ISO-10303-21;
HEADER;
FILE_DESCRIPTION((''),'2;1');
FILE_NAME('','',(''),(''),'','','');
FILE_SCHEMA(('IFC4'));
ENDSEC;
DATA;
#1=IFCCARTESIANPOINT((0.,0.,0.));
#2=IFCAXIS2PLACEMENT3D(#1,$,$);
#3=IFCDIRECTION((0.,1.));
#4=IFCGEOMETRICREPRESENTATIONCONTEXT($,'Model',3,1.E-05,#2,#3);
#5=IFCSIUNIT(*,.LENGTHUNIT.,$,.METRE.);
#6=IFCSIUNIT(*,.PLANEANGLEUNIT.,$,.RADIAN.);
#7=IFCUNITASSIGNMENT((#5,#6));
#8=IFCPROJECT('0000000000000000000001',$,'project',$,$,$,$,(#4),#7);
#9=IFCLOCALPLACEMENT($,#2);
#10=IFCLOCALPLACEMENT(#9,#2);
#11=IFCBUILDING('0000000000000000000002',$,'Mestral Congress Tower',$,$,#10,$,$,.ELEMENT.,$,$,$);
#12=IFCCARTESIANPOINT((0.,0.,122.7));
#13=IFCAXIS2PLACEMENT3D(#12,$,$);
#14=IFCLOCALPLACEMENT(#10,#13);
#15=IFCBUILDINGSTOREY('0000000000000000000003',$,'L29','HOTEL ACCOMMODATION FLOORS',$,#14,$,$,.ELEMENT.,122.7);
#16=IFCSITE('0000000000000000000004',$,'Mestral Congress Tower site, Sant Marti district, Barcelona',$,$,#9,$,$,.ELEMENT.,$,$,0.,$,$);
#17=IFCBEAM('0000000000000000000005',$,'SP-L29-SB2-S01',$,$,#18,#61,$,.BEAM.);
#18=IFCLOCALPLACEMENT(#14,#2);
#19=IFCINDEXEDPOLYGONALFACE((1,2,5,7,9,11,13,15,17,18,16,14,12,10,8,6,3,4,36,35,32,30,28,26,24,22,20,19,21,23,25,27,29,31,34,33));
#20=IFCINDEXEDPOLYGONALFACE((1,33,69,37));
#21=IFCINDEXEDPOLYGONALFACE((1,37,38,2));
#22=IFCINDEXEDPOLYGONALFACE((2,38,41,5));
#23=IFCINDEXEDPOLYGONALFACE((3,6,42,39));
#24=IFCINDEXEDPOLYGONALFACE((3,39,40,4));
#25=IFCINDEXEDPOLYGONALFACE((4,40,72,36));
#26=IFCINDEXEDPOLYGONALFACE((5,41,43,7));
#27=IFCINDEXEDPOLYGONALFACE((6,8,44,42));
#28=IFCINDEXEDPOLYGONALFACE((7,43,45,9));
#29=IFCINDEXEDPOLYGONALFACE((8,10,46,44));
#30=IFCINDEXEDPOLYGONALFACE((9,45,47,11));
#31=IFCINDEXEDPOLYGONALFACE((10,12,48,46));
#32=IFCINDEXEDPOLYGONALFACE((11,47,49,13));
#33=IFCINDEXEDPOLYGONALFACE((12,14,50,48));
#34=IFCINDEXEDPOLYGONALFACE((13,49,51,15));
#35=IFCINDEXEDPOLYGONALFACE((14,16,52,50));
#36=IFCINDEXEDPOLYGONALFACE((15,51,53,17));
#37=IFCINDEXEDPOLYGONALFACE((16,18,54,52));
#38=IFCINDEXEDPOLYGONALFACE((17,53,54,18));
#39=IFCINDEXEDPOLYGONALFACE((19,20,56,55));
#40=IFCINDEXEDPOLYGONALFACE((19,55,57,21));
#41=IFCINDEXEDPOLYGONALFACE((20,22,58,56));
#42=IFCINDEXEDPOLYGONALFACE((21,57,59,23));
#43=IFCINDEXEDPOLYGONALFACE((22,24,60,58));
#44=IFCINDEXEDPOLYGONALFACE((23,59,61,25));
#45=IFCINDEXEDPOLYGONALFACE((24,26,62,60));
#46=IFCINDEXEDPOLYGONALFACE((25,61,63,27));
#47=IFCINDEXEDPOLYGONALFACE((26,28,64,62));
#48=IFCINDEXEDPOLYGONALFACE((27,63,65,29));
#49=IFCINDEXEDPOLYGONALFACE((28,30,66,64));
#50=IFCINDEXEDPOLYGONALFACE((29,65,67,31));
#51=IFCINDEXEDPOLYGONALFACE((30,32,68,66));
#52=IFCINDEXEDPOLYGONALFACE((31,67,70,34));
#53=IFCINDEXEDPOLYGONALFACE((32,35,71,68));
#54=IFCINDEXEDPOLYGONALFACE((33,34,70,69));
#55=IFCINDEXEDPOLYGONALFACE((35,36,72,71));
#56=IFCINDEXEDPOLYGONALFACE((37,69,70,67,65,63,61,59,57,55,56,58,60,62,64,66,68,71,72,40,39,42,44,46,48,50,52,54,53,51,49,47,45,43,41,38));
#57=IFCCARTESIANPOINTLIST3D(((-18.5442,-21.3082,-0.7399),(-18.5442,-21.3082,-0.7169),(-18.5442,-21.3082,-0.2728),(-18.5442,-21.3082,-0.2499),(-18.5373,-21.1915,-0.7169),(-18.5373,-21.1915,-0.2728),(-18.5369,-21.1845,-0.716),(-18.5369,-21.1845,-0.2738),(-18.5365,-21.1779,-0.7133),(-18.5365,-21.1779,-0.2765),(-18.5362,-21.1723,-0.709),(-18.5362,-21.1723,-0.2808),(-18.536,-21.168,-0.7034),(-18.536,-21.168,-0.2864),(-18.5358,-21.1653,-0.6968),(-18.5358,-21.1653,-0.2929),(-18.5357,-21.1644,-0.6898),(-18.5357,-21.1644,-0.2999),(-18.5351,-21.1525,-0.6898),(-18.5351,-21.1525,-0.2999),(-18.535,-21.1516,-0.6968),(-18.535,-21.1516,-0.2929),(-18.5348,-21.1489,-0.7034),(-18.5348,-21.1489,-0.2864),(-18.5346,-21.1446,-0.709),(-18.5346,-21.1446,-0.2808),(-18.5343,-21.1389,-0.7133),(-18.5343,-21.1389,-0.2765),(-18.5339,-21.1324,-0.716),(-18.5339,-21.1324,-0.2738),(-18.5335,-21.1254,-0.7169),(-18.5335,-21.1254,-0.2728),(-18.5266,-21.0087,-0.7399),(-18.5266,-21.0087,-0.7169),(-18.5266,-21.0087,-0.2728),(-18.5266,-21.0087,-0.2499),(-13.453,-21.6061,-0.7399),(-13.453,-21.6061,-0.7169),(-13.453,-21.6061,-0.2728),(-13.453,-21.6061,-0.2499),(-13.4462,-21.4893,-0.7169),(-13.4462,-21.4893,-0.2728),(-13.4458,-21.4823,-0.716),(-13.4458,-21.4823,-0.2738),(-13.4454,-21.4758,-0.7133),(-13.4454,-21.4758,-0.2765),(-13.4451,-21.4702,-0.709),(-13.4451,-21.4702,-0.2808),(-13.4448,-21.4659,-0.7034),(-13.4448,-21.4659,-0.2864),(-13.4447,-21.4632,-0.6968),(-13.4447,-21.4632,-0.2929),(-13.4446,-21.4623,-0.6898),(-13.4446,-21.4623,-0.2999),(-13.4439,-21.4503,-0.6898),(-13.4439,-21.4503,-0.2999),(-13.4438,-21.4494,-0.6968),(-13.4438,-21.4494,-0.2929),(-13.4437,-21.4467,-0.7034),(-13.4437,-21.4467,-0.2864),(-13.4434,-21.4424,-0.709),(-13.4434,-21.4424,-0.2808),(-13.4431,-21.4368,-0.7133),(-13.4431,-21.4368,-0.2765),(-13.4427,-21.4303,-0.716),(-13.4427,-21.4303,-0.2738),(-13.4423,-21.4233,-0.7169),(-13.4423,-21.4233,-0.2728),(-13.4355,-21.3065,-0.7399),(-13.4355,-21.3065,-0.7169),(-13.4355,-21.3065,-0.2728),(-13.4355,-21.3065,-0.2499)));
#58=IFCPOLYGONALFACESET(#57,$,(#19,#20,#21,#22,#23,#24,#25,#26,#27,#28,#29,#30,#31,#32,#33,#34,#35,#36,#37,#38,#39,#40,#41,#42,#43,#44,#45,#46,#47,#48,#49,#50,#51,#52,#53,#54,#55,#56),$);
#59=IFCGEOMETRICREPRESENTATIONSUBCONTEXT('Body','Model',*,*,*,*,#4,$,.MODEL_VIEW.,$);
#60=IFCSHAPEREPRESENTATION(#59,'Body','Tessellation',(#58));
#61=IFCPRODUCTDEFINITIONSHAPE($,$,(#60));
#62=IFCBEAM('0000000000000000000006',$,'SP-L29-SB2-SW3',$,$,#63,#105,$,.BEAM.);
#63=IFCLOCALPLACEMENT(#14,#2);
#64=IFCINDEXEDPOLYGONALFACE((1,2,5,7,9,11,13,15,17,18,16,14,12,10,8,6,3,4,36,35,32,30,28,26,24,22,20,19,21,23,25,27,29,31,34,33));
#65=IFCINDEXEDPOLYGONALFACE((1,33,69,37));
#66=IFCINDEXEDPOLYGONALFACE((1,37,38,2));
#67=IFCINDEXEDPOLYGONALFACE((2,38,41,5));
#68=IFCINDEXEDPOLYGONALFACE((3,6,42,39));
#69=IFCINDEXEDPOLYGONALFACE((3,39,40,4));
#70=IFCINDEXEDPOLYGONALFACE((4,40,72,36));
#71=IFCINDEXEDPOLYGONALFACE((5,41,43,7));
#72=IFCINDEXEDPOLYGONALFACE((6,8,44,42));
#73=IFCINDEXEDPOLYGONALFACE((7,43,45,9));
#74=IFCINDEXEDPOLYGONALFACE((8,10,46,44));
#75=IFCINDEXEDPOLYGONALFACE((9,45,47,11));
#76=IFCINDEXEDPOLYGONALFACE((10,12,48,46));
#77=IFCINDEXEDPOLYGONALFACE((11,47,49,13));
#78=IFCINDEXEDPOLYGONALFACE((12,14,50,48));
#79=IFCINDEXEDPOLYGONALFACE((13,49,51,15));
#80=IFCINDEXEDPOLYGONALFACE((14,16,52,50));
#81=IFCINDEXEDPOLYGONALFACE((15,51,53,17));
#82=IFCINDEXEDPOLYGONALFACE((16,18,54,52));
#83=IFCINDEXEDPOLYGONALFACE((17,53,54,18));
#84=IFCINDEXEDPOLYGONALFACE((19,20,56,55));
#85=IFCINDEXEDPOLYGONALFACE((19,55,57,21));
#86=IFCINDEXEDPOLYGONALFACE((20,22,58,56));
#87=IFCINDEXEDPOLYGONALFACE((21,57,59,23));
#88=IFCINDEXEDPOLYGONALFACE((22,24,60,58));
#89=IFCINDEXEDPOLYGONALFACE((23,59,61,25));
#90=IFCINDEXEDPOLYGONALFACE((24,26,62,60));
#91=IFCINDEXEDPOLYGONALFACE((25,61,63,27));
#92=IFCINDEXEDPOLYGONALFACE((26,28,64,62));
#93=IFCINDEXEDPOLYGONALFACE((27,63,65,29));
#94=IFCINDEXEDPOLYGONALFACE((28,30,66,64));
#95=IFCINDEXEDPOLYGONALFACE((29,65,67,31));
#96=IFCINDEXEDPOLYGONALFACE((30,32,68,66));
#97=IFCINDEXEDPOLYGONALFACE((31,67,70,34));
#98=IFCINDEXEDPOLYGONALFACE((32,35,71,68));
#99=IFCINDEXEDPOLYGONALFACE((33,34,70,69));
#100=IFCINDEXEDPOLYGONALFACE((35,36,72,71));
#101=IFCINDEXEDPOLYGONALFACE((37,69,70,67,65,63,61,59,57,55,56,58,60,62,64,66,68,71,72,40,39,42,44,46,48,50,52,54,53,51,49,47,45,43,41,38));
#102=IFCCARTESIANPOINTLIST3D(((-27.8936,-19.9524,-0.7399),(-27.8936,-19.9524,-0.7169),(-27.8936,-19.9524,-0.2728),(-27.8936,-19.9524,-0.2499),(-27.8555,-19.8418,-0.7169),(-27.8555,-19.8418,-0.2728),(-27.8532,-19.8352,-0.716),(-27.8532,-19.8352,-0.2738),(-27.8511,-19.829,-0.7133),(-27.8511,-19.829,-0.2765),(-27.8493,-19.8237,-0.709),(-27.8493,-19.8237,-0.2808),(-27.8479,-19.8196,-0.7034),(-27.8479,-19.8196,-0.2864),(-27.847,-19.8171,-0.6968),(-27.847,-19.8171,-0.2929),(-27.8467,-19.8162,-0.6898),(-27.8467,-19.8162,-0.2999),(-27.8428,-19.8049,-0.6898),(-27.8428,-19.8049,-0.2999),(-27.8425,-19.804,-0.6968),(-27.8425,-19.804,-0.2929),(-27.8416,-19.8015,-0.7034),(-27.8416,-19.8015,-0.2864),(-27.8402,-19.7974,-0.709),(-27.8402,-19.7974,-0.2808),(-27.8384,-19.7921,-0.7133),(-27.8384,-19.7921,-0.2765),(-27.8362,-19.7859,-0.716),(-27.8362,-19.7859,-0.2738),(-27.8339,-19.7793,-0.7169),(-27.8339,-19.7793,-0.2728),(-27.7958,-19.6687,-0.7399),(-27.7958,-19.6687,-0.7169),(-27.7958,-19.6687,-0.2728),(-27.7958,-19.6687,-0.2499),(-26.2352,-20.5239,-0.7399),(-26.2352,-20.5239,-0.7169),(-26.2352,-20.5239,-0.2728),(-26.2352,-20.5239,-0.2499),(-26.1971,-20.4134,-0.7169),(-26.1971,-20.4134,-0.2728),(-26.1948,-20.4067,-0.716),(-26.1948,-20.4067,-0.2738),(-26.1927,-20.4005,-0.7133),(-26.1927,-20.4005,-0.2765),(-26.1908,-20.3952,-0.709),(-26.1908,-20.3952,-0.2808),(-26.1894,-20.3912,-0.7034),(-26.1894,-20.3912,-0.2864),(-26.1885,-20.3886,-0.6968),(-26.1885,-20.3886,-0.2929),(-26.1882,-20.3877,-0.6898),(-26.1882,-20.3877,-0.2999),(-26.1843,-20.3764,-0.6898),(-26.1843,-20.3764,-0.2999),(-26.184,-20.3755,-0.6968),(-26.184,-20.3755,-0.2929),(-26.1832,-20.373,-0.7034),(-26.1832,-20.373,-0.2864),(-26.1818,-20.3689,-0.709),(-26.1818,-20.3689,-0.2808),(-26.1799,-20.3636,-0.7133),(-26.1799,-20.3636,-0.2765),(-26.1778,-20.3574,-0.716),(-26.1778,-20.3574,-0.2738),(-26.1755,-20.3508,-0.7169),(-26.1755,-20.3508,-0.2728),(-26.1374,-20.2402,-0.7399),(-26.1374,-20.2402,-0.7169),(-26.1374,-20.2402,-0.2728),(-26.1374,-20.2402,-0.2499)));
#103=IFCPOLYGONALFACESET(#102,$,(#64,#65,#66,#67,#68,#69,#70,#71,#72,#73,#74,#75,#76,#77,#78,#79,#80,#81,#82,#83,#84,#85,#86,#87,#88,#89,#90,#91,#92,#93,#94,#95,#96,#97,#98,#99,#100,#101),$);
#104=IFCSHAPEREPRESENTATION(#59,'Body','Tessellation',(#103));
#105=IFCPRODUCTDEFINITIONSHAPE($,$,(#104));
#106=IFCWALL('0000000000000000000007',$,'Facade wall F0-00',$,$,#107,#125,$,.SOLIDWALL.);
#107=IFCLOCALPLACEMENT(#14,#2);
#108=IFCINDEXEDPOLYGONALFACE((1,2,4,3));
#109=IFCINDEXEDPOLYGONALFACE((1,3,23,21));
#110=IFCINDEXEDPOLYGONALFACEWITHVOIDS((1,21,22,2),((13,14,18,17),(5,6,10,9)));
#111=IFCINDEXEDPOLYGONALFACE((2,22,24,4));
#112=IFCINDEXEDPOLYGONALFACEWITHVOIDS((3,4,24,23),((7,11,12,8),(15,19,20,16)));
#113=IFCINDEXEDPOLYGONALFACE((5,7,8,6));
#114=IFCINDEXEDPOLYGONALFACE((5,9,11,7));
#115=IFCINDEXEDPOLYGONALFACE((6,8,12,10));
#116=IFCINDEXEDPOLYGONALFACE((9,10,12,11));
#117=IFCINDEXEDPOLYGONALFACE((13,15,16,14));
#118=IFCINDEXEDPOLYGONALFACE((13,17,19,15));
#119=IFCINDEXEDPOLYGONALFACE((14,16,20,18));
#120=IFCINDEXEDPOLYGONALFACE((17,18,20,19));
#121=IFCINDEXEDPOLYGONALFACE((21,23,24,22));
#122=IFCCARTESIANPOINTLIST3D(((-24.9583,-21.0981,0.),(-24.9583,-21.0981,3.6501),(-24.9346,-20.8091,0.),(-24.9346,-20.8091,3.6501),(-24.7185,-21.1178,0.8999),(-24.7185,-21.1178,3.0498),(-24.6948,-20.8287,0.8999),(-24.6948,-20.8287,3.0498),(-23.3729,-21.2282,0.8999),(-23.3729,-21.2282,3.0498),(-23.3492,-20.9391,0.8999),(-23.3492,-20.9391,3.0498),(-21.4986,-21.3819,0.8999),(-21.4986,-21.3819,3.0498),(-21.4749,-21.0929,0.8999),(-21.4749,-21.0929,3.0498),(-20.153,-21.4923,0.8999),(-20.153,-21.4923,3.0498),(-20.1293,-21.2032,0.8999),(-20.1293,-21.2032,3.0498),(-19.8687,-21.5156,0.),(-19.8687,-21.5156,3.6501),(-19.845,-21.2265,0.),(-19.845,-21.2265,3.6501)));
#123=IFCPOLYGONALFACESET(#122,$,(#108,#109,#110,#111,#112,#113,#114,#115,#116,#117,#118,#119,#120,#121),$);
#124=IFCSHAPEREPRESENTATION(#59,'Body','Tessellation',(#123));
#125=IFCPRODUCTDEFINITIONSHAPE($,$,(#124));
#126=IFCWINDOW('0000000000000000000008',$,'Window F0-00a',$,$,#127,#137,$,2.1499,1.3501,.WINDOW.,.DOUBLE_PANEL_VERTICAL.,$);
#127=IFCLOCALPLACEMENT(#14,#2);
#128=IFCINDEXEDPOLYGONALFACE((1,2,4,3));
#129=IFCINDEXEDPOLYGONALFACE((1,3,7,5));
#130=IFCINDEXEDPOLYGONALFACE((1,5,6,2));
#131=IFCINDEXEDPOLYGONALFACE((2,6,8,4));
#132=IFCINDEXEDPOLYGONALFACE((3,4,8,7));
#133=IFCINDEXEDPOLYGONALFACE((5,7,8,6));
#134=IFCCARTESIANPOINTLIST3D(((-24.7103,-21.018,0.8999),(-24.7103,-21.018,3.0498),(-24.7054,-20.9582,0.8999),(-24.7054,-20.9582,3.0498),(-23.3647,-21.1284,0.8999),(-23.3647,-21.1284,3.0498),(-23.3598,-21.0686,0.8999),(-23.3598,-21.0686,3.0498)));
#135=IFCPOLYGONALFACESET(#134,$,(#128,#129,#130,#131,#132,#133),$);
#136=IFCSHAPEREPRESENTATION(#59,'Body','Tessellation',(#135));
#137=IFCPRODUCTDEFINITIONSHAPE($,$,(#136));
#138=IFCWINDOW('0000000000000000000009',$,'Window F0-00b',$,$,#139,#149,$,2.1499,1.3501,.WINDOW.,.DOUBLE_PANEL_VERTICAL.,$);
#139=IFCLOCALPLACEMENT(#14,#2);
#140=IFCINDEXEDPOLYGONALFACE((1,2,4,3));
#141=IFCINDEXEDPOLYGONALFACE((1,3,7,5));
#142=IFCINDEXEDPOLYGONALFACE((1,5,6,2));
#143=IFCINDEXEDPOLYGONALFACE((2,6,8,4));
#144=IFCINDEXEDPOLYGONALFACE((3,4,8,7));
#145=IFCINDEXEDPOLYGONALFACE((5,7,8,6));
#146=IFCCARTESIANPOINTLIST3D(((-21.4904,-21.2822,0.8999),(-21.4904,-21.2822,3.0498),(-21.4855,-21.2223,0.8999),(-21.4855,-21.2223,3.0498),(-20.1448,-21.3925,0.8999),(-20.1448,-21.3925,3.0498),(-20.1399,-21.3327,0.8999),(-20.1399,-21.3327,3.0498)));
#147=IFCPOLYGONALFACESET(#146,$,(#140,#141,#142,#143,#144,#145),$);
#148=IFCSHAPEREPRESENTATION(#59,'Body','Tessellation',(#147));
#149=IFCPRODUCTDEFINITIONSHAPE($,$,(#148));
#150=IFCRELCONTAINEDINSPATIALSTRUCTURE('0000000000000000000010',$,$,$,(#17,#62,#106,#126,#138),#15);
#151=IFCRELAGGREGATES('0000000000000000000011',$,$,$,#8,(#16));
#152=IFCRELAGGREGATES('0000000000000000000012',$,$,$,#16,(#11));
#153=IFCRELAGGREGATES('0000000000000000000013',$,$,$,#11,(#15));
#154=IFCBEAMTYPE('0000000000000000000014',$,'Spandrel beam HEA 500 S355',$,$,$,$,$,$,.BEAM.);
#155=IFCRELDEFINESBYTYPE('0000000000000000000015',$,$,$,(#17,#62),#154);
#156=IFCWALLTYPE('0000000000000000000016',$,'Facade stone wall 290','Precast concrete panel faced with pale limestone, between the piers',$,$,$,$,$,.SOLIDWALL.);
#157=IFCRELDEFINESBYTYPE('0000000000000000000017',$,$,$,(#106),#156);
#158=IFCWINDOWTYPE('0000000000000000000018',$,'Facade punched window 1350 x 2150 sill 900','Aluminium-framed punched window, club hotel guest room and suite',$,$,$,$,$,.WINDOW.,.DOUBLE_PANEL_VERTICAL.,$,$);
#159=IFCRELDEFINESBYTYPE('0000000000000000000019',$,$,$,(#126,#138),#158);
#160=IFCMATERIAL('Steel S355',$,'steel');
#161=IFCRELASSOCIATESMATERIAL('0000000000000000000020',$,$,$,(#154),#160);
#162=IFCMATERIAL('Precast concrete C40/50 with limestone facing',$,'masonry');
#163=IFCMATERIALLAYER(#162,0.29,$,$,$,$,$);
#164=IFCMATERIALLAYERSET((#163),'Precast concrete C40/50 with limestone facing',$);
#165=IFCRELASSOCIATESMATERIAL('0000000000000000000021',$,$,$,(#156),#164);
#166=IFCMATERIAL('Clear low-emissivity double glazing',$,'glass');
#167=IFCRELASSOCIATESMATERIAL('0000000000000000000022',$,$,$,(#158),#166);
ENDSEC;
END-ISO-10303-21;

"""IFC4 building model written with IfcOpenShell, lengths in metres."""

from ifc_helpers import new_model, si_unit, direction, frame, frame_2d, origin, origin_2d, place, context, subcontext, project, spatial, rectangle, i_section, extrude, material, layer, layer_set, material_profile, profile_set, type_object, element, fill, save


model = new_model("IFC4")

# Units and contexts
model_context = context("Model", 3, precision=1e-05, world=origin(), true_north=direction((0.0, 1.0)))
body_context = subcontext(model_context, "Body", "Model", "MODEL_VIEW")
ifc_project = project(units=[si_unit("LENGTHUNIT", "METRE"), si_unit("PLANEANGLEUNIT", "RADIAN")], contexts=[model_context])

# Site, building, storey
site_placement = place(None, origin())
site = spatial("IfcSite", under=ifc_project, at=site_placement, Name="Mestral Congress Tower site, Sant Marti district, Barcelona", CompositionType="ELEMENT", RefElevation=0.0)
building_placement = place(site_placement, origin())
building = spatial("IfcBuilding", under=site, at=building_placement, Name="Mestral Congress Tower", CompositionType="ELEMENT")
storey_placement = place(building_placement, frame((0.0, 0.0, 122.7)))
storey = spatial("IfcBuildingStorey", under=building, at=storey_placement, Name="L29", Description="HOTEL ACCOMMODATION FLOORS", CompositionType="ELEMENT", Elevation=122.7)

# Beams
ifc_material_1 = material(Name="Steel S355", Category="steel")
ifc_material_profile_1 = material_profile(ifc_material_1, i_section(OverallWidth=0.3, OverallDepth=0.49, WebThickness=0.012, FlangeThickness=0.0229, FilletRadius=0.0271, at=origin_2d()), Name="HEA 500")
ifc_profile_set_1 = profile_set([ifc_material_profile_1], Name="Steel S355")
beam_type_1 = type_object("IfcBeamType", Name="Spandrel beam HEA 500 S355", PredefinedType="BEAM", material=ifc_profile_set_1)
beam_1_placement = place(storey_placement, frame((-18.5354, -21.1584, -0.4949), z_axis=(0.998293, -0.058405, 0.0), x_axis=(0.058405, 0.998293, 0.0)))
element("IfcBeam", 1, at=beam_1_placement, inside=storey, type_object=beam_type_1, Name="SP-L29-SB2-S01", PredefinedType="BEAM", context=body_context, shape_type="SweptSolid", body=[
    extrude(i_section(OverallWidth=0.3, OverallDepth=0.49, WebThickness=0.012, FlangeThickness=0.0229, FilletRadius=0.0271, at=origin_2d()), origin(), (0.0, 0.0, 1.0), 5.0999),
])
beam_2_placement = place(storey_placement, frame((-27.8447, -19.8105, -0.4949), z_axis=(0.945434, -0.325815, 0.0), x_axis=(0.325815, 0.945434, 0.0)))
element("IfcBeam", 2, at=beam_2_placement, inside=storey, type_object=beam_type_1, Name="SP-L29-SB2-SW3", PredefinedType="BEAM", context=body_context, shape_type="SweptSolid", body=[
    extrude(i_section(OverallWidth=0.3, OverallDepth=0.49, WebThickness=0.012, FlangeThickness=0.0229, FilletRadius=0.0271, at=origin_2d()), origin(), (0.0, 0.0, 1.0), 1.7542),
])

# Wall, openings, windows
ifc_material_2 = material(Name="Precast concrete C40/50 with limestone facing", Category="masonry")
ifc_layer_1 = layer(ifc_material_2, 0.29)
ifc_layer_set_1 = layer_set([ifc_layer_1], Name="Precast concrete C40/50 with limestone facing")
wall_type_1 = type_object("IfcWallType", Name="Facade stone wall 290", Description="Precast concrete panel faced with pale limestone, between the piers", PredefinedType="SOLIDWALL", material=ifc_layer_set_1)
wall_1_placement = place(storey_placement, frame((-24.9463, -20.9536, 0.0), z_axis=(0.0, 0.0, 1.0), x_axis=(0.996653, -0.081752, 0.0)))
wall_1 = element("IfcWall", 3, at=wall_1_placement, inside=storey, type_object=wall_type_1, Name="Facade wall F0-00", PredefinedType="SOLIDWALL", context=body_context, shape_type="SweptSolid", body=[
    extrude(rectangle(XDim=5.1067, YDim=0.29, at=frame_2d((2.5532, 0.0))), origin(), (0.0, 0.0, 1.0), 3.6501),
])
opening_1_placement = place(wall_1_placement, frame((0.2405, 0.0, 0.8999)))
opening_1 = element("IfcOpeningElement", 4, at=opening_1_placement, cuts=wall_1, PredefinedType="OPENING", context=body_context, shape_type="SweptSolid", body=[
    extrude(rectangle(XDim=1.3501, YDim=2.1499, at=frame_2d((0.675, 1.075))), frame((0.0, 0.155, 0.0), z_axis=(0.0, -1.0, 0.0), x_axis=(1.0, 0.0, 0.0)), (0.0, 0.0, 1.0), 0.3101),
])
opening_2_placement = place(wall_1_placement, frame((3.4712, 0.0, 0.8999)))
opening_2 = element("IfcOpeningElement", 5, at=opening_2_placement, cuts=wall_1, PredefinedType="OPENING", context=body_context, shape_type="SweptSolid", body=[
    extrude(rectangle(XDim=1.3501, YDim=2.1499, at=frame_2d((0.675, 1.075))), frame((0.0, 0.155, 0.0), z_axis=(0.0, -1.0, 0.0), x_axis=(1.0, 0.0, 0.0)), (0.0, 0.0, 1.0), 0.3101),
])
ifc_material_3 = material(Name="Clear low-emissivity double glazing", Category="glass")
window_type_1 = type_object("IfcWindowType", Name="Facade punched window 1350 x 2150 sill 900", Description="Aluminium-framed punched window, club hotel guest room and suite", PartitioningType="DOUBLE_PANEL_VERTICAL", PredefinedType="WINDOW", material=ifc_material_3)
window_1_placement = place(opening_1_placement, origin())
window_1 = element("IfcWindow", 6, at=window_1_placement, inside=storey, type_object=window_type_1, Name="Window F0-00a", OverallHeight=2.1499, OverallWidth=1.3501, PartitioningType="DOUBLE_PANEL_VERTICAL", PredefinedType="WINDOW", context=body_context, shape_type="SweptSolid", body=[
    extrude(rectangle(XDim=1.3501, YDim=2.1499, at=frame_2d((0.675, 1.075))), frame((0.0, 0.0151, 0.0), z_axis=(0.0, -1.0, 0.0), x_axis=(1.0, 0.0, 0.0)), (0.0, 0.0, 1.0), 0.0601),
])
fill(opening_1, window_1)
window_2_placement = place(opening_2_placement, origin())
window_2 = element("IfcWindow", 7, at=window_2_placement, inside=storey, type_object=window_type_1, Name="Window F0-00b", OverallHeight=2.1499, OverallWidth=1.3501, PartitioningType="DOUBLE_PANEL_VERTICAL", PredefinedType="WINDOW", context=body_context, shape_type="SweptSolid", body=[
    extrude(rectangle(XDim=1.3501, YDim=2.1499, at=frame_2d((0.675, 1.075))), frame((0.0, 0.0151, 0.0), z_axis=(0.0, -1.0, 0.0), x_axis=(1.0, 0.0, 0.0)), (0.0, 0.0, 1.0), 0.0601),
])
fill(opening_2, window_2)

save(model, "model.ifc")
